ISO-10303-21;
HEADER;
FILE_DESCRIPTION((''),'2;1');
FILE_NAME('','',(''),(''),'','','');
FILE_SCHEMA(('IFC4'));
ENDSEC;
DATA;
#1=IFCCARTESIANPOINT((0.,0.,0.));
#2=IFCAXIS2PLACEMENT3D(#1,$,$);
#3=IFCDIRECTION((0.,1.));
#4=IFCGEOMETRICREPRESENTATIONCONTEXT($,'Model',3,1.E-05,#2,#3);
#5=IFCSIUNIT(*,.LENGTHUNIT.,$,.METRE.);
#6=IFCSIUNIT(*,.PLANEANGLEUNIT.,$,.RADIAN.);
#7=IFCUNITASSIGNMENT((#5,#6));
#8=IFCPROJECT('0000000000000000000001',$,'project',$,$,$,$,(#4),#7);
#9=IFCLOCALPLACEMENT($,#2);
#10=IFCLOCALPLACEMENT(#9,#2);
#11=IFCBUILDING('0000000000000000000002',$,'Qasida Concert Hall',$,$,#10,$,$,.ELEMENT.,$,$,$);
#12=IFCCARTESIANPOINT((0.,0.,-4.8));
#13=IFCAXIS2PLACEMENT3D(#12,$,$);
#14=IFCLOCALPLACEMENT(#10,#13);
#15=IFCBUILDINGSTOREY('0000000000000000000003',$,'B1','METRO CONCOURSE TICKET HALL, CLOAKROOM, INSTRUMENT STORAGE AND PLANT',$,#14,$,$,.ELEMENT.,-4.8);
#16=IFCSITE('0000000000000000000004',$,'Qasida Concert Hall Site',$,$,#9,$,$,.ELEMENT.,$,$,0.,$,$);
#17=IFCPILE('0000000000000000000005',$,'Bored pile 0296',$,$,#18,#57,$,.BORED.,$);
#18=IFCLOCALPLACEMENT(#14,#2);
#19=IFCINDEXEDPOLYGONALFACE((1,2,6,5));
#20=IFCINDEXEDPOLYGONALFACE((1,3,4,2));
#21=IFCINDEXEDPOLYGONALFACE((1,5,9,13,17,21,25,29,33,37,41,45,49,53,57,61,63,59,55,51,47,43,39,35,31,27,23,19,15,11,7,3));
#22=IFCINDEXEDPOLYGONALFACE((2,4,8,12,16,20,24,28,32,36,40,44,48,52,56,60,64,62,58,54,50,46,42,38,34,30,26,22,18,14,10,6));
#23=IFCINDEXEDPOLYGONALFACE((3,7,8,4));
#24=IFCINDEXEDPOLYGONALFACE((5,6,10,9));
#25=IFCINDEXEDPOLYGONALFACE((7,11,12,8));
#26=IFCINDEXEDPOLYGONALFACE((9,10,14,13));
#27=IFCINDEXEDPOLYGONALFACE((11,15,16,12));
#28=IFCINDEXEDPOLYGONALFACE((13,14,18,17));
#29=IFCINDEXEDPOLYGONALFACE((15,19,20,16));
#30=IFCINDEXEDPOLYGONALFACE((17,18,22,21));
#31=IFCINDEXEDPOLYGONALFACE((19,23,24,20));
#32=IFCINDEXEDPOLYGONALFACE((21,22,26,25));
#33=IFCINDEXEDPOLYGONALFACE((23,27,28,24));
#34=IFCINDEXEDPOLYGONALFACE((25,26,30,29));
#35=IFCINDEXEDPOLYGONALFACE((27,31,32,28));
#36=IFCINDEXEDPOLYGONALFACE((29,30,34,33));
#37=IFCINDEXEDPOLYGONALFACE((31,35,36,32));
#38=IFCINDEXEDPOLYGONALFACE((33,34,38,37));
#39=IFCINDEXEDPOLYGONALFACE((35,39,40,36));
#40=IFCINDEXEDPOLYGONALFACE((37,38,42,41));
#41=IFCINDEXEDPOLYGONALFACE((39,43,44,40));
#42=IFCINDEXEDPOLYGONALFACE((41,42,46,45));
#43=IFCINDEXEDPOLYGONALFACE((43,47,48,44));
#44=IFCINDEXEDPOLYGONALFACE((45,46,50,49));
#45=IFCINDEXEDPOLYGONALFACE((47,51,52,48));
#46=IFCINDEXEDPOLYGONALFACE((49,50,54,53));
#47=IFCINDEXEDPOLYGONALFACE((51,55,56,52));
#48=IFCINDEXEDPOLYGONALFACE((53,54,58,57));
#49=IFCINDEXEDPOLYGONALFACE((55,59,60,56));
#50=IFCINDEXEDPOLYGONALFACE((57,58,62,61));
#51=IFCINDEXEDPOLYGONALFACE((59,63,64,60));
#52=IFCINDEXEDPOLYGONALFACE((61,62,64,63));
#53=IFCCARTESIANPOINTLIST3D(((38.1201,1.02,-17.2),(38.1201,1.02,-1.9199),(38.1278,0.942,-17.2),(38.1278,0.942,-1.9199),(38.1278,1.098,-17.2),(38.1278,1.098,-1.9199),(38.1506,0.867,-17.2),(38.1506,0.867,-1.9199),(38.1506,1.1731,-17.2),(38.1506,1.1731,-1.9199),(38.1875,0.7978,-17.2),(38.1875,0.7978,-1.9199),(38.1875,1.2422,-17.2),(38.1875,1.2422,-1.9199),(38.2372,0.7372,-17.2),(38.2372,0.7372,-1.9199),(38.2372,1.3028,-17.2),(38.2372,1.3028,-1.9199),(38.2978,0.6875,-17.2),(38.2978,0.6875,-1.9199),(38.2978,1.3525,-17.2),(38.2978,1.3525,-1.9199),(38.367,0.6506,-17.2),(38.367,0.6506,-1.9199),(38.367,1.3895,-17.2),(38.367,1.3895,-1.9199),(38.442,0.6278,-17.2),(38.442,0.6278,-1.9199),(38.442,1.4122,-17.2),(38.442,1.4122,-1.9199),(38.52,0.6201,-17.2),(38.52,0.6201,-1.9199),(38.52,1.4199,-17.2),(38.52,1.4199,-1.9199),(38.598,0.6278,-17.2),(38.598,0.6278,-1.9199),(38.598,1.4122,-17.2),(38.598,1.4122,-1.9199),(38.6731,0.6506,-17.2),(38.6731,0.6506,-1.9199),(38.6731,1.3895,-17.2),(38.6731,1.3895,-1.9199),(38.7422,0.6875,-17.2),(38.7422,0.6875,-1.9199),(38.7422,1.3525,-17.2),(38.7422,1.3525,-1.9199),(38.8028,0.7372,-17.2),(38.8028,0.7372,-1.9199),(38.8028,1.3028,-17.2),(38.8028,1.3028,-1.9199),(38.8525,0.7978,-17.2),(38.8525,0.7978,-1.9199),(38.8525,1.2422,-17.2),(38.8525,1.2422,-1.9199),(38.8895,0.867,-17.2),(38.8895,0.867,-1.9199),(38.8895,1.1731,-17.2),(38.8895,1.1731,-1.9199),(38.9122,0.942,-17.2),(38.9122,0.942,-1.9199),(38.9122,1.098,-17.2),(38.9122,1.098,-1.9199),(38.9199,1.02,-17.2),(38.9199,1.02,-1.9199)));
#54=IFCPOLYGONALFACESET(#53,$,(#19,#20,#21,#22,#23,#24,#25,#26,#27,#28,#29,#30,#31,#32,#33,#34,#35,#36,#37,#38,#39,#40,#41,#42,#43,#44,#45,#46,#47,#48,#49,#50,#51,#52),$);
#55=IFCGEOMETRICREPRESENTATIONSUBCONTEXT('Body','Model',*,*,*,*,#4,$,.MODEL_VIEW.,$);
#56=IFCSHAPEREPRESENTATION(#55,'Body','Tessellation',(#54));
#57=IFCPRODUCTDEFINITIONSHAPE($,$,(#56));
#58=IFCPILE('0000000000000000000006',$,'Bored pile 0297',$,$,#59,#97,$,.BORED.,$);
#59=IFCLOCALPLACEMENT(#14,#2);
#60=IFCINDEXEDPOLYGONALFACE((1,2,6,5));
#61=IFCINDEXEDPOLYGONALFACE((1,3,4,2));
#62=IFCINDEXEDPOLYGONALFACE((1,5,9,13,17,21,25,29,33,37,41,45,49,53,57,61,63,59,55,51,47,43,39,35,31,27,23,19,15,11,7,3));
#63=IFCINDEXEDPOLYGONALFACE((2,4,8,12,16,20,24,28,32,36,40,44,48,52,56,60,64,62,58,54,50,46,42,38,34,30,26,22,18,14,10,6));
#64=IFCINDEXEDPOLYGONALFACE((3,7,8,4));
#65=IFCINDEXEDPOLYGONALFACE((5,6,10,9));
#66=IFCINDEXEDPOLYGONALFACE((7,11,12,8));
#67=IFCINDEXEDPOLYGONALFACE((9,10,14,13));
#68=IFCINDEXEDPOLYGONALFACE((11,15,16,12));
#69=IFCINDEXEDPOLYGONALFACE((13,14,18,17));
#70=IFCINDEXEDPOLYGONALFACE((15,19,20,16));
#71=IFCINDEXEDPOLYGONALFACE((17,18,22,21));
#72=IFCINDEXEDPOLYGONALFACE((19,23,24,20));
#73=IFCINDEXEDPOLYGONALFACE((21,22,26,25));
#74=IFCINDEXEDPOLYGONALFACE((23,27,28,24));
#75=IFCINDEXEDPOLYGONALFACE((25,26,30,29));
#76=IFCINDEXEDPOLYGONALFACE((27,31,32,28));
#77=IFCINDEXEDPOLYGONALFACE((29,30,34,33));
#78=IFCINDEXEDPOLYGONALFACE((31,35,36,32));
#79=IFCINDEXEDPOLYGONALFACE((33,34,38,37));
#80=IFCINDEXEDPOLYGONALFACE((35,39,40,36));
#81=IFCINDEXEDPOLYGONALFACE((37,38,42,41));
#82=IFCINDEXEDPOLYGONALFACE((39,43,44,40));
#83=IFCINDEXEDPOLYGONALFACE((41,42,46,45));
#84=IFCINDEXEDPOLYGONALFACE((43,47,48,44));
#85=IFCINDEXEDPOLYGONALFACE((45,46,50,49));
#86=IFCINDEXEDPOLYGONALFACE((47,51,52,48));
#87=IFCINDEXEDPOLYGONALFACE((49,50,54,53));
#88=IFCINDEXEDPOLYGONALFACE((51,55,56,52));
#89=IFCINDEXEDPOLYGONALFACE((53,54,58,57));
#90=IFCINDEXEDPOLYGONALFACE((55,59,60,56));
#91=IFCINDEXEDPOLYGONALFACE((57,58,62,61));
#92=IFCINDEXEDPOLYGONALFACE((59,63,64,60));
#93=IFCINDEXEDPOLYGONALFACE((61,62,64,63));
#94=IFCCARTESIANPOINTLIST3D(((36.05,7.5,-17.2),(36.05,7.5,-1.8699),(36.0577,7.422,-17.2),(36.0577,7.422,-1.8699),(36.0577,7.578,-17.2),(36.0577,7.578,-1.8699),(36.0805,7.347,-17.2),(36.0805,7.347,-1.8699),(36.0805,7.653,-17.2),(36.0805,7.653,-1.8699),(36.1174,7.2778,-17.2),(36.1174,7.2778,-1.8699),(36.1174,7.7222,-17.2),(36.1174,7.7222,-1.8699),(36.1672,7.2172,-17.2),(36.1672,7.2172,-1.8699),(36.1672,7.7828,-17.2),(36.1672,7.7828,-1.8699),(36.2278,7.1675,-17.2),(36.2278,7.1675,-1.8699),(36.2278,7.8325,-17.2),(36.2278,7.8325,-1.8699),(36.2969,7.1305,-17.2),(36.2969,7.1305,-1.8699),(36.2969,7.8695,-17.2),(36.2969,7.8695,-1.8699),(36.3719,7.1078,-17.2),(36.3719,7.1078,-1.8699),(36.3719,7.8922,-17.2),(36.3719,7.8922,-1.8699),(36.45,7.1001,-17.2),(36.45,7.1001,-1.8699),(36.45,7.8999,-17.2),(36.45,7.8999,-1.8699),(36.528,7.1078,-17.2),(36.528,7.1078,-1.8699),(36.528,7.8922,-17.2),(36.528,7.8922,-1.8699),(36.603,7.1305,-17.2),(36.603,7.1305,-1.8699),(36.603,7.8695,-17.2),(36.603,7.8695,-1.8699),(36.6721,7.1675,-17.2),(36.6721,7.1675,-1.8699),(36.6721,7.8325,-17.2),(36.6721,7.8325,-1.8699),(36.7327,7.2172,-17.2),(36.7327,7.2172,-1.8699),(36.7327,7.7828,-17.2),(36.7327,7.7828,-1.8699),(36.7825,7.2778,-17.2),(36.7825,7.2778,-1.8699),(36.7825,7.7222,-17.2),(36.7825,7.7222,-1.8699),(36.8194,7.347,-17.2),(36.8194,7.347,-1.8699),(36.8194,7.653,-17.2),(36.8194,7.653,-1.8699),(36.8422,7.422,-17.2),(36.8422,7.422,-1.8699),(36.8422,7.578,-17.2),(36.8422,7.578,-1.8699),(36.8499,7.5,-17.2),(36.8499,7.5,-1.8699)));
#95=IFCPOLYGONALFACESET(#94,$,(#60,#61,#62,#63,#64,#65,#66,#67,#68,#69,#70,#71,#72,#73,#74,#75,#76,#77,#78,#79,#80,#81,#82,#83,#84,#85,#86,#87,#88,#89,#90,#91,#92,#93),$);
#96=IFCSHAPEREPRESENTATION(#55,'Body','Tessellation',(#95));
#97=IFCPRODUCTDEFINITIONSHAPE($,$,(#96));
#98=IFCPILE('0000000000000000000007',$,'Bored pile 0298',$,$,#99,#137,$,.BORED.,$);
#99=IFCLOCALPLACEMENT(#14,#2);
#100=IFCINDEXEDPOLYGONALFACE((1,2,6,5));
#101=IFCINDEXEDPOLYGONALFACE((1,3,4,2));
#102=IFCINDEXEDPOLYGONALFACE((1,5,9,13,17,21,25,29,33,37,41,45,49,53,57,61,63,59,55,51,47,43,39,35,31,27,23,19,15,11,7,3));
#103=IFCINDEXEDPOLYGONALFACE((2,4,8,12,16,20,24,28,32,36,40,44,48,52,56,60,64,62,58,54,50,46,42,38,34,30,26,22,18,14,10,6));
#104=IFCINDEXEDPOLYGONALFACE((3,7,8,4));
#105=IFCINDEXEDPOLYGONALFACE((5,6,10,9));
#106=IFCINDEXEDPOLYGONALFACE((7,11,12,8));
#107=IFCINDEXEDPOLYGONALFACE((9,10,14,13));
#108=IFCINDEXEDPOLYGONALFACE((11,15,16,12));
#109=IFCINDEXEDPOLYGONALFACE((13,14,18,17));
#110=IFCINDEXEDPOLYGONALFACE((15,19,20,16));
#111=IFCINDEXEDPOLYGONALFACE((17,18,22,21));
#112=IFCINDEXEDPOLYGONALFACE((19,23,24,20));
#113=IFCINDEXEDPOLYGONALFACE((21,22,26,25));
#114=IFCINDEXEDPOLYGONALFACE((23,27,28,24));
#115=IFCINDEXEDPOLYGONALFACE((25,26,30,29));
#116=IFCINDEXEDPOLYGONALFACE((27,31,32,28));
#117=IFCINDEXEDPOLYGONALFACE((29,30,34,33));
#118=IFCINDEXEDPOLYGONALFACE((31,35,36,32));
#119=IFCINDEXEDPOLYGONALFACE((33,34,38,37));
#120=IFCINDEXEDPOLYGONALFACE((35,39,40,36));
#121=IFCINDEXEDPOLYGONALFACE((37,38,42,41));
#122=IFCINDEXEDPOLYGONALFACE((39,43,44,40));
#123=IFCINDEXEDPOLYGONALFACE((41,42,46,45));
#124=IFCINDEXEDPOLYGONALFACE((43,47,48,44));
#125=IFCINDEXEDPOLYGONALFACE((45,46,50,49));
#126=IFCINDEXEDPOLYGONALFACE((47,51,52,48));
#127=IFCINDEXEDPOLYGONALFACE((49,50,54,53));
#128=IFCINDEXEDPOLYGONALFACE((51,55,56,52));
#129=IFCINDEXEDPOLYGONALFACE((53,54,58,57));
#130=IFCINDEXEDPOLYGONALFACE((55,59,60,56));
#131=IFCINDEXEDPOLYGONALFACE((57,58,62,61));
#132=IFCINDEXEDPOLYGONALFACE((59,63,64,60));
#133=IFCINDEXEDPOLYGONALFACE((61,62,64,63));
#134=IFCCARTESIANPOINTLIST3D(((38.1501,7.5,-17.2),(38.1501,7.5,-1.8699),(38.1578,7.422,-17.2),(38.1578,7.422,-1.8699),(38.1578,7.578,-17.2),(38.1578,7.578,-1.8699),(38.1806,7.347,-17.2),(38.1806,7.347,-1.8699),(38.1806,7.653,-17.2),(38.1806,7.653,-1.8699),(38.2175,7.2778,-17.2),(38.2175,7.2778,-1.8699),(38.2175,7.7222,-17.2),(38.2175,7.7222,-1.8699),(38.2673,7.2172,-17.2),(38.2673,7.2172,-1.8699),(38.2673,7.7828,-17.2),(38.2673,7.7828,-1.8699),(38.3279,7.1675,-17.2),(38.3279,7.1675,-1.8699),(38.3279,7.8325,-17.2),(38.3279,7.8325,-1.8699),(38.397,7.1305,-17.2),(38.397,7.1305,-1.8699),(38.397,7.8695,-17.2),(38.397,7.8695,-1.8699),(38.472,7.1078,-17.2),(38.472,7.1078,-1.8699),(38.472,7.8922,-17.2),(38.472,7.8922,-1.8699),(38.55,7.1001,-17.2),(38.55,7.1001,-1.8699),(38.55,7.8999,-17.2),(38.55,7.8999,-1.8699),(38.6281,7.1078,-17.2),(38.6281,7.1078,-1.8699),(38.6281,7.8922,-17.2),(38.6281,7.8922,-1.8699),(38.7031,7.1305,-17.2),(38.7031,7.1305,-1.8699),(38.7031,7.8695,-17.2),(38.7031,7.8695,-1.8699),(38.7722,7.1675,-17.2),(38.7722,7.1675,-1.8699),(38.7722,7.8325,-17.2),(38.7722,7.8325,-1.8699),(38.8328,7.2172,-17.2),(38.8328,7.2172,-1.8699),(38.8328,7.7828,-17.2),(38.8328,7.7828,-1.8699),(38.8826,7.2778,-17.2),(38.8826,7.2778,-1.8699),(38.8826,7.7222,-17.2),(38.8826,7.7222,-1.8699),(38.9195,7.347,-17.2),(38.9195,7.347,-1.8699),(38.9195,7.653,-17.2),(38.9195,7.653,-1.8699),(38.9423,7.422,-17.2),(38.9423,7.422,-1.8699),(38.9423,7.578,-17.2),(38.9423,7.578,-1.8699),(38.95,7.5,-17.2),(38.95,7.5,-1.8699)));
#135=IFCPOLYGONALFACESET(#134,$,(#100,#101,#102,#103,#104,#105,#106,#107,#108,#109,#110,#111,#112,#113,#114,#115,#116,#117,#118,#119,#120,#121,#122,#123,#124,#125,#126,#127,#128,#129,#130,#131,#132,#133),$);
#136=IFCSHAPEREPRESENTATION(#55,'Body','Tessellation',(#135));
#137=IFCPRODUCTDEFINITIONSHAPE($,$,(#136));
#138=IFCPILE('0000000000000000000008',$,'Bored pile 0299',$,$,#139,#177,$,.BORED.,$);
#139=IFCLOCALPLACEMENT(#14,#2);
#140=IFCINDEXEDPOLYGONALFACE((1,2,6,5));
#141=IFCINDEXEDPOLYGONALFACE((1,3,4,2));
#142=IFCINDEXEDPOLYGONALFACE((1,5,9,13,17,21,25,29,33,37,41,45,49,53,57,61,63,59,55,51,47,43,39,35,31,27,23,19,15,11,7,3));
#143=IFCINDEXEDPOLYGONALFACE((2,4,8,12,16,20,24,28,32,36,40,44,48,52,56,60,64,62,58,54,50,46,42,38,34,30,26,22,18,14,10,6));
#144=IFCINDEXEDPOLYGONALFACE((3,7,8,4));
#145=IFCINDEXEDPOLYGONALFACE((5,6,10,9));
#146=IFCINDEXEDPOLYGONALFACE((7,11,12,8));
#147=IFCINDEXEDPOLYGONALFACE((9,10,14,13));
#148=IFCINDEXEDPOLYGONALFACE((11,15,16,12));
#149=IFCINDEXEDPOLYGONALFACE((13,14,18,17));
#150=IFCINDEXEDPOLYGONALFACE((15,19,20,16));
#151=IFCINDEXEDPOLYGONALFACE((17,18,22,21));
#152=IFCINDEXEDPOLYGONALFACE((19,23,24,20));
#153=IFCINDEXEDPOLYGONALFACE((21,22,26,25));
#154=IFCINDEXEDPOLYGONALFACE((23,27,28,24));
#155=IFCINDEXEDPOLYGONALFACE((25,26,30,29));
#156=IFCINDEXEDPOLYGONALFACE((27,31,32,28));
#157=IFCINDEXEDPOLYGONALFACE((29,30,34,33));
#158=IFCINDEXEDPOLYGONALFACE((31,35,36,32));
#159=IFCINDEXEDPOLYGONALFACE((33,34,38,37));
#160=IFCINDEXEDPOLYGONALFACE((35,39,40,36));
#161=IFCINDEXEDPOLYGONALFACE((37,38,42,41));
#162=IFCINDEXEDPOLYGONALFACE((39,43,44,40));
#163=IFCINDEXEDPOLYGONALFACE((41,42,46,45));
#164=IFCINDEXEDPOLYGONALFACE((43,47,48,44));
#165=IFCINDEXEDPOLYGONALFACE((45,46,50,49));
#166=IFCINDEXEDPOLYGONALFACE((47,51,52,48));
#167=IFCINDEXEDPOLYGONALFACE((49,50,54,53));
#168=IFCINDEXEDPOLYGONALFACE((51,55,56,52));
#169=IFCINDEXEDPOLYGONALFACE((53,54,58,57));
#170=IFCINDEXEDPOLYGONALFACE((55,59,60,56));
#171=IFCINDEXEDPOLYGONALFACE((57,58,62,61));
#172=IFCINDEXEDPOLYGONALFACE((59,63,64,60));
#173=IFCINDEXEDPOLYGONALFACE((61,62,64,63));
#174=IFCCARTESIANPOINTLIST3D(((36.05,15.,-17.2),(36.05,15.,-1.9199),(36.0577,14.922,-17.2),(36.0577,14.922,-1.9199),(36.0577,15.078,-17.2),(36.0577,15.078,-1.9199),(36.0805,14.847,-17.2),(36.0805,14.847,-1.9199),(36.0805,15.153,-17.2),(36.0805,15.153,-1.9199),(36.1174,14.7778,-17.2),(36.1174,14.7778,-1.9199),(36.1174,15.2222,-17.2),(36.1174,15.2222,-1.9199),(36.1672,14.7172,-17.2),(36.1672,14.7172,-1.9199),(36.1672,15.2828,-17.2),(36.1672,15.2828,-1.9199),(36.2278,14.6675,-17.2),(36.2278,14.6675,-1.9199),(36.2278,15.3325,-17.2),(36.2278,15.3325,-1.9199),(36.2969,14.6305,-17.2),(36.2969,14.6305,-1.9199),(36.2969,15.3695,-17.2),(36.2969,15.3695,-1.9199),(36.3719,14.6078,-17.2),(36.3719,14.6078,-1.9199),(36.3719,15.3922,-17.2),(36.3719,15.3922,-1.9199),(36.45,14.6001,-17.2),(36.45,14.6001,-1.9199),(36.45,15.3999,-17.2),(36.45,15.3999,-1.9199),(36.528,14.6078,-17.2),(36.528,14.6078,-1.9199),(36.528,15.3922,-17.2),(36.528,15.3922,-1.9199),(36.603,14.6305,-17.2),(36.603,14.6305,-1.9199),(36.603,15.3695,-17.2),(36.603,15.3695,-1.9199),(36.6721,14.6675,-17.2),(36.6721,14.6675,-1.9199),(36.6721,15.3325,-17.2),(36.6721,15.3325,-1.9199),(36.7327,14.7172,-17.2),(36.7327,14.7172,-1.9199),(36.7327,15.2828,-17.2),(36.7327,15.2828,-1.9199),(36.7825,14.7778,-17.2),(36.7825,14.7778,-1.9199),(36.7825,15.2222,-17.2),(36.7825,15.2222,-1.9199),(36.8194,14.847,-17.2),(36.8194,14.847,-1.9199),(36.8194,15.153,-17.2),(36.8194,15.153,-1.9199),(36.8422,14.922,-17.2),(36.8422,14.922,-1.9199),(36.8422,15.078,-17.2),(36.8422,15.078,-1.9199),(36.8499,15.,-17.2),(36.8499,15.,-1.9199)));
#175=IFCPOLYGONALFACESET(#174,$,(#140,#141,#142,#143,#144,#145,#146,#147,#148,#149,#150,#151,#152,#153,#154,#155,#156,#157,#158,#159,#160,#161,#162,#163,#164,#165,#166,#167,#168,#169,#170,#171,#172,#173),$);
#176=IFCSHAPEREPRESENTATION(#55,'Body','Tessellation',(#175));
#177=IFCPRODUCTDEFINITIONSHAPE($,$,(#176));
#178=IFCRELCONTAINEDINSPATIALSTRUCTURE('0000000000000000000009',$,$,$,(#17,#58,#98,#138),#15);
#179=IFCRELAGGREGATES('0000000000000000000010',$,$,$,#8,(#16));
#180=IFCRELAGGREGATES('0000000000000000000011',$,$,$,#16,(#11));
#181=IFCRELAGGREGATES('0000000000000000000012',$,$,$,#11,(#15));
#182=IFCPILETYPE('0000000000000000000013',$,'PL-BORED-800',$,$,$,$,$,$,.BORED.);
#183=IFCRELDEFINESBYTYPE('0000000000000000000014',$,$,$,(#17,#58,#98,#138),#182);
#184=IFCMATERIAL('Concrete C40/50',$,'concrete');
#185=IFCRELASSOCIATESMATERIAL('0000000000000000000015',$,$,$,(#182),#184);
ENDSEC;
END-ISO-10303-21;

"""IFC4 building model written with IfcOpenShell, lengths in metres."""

from ifc_helpers import new_model, si_unit, direction, frame, origin, origin_2d, place, context, subcontext, project, spatial, circle, extrude, material, material_profile, profile_set, type_object, element, save


model = new_model("IFC4")

# Units and contexts
model_context = context("Model", 3, precision=1e-05, world=origin(), true_north=direction((0.0, 1.0)))
body_context = subcontext(model_context, "Body", "Model", "MODEL_VIEW")
ifc_project = project(units=[si_unit("LENGTHUNIT", "METRE"), si_unit("PLANEANGLEUNIT", "RADIAN")], contexts=[model_context])

# Site, building, storey
site_placement = place(None, origin())
site = spatial("IfcSite", under=ifc_project, at=site_placement, Name="Qasida Concert Hall Site", CompositionType="ELEMENT", RefElevation=0.0)
building_placement = place(site_placement, origin())
building = spatial("IfcBuilding", under=site, at=building_placement, Name="Qasida Concert Hall", CompositionType="ELEMENT")
storey_placement = place(building_placement, frame((0.0, 0.0, -4.8)))
storey = spatial("IfcBuildingStorey", under=building, at=storey_placement, Name="B1", Description="METRO CONCOURSE TICKET HALL, CLOAKROOM, INSTRUMENT STORAGE AND PLANT", CompositionType="ELEMENT", Elevation=-4.8)

# Shared definitions
ifc_material_1 = material(Name="Concrete C40/50", Category="concrete")

# Piles
ifc_material_profile_1 = material_profile(ifc_material_1, circle(Radius=0.3999, at=origin_2d()), Name="BORED PILE D800")
ifc_profile_set_1 = profile_set([ifc_material_profile_1], Name="Concrete C40/50")
pile_type_1 = type_object("IfcPileType", Name="PL-BORED-800", PredefinedType="BORED", material=ifc_profile_set_1)
for number, where, z_axis, x_axis, name in (
    (1, (38.52, 1.02, -1.9199), (0.0, 0.0, -1.0), (1.0, 0.0, 0.0), "Bored pile 0296"),
):
    element("IfcPile", number, at=place(storey_placement, frame(where, z_axis=z_axis, x_axis=x_axis)), inside=storey, type_object=pile_type_1, Name=name, PredefinedType="BORED", context=body_context, shape_type="SweptSolid", body=[
        extrude(circle(Radius=0.3999, at=origin_2d()), origin(), (0.0, 0.0, 1.0), 15.28),
    ])
for number, where, z_axis, x_axis, name in (
    (2, (36.45, 7.5, -1.8699), (0.0, 0.0, -1.0), (1.0, 0.0, 0.0), "Bored pile 0297"),
    (3, (38.55, 7.5, -1.8699), (0.0, 0.0, -1.0), (1.0, 0.0, 0.0), "Bored pile 0298"),
):
    element("IfcPile", number, at=place(storey_placement, frame(where, z_axis=z_axis, x_axis=x_axis)), inside=storey, type_object=pile_type_1, Name=name, PredefinedType="BORED", context=body_context, shape_type="SweptSolid", body=[
        extrude(circle(Radius=0.3999, at=origin_2d()), origin(), (0.0, 0.0, 1.0), 15.3301),
    ])
for number, where, z_axis, x_axis, name in (
    (4, (36.45, 15.0, -1.9199), (0.0, 0.0, -1.0), (1.0, 0.0, 0.0), "Bored pile 0299"),
):
    element("IfcPile", number, at=place(storey_placement, frame(where, z_axis=z_axis, x_axis=x_axis)), inside=storey, type_object=pile_type_1, Name=name, PredefinedType="BORED", context=body_context, shape_type="SweptSolid", body=[
        extrude(circle(Radius=0.3999, at=origin_2d()), origin(), (0.0, 0.0, 1.0), 15.28),
    ])

save(model, "model.ifc")
